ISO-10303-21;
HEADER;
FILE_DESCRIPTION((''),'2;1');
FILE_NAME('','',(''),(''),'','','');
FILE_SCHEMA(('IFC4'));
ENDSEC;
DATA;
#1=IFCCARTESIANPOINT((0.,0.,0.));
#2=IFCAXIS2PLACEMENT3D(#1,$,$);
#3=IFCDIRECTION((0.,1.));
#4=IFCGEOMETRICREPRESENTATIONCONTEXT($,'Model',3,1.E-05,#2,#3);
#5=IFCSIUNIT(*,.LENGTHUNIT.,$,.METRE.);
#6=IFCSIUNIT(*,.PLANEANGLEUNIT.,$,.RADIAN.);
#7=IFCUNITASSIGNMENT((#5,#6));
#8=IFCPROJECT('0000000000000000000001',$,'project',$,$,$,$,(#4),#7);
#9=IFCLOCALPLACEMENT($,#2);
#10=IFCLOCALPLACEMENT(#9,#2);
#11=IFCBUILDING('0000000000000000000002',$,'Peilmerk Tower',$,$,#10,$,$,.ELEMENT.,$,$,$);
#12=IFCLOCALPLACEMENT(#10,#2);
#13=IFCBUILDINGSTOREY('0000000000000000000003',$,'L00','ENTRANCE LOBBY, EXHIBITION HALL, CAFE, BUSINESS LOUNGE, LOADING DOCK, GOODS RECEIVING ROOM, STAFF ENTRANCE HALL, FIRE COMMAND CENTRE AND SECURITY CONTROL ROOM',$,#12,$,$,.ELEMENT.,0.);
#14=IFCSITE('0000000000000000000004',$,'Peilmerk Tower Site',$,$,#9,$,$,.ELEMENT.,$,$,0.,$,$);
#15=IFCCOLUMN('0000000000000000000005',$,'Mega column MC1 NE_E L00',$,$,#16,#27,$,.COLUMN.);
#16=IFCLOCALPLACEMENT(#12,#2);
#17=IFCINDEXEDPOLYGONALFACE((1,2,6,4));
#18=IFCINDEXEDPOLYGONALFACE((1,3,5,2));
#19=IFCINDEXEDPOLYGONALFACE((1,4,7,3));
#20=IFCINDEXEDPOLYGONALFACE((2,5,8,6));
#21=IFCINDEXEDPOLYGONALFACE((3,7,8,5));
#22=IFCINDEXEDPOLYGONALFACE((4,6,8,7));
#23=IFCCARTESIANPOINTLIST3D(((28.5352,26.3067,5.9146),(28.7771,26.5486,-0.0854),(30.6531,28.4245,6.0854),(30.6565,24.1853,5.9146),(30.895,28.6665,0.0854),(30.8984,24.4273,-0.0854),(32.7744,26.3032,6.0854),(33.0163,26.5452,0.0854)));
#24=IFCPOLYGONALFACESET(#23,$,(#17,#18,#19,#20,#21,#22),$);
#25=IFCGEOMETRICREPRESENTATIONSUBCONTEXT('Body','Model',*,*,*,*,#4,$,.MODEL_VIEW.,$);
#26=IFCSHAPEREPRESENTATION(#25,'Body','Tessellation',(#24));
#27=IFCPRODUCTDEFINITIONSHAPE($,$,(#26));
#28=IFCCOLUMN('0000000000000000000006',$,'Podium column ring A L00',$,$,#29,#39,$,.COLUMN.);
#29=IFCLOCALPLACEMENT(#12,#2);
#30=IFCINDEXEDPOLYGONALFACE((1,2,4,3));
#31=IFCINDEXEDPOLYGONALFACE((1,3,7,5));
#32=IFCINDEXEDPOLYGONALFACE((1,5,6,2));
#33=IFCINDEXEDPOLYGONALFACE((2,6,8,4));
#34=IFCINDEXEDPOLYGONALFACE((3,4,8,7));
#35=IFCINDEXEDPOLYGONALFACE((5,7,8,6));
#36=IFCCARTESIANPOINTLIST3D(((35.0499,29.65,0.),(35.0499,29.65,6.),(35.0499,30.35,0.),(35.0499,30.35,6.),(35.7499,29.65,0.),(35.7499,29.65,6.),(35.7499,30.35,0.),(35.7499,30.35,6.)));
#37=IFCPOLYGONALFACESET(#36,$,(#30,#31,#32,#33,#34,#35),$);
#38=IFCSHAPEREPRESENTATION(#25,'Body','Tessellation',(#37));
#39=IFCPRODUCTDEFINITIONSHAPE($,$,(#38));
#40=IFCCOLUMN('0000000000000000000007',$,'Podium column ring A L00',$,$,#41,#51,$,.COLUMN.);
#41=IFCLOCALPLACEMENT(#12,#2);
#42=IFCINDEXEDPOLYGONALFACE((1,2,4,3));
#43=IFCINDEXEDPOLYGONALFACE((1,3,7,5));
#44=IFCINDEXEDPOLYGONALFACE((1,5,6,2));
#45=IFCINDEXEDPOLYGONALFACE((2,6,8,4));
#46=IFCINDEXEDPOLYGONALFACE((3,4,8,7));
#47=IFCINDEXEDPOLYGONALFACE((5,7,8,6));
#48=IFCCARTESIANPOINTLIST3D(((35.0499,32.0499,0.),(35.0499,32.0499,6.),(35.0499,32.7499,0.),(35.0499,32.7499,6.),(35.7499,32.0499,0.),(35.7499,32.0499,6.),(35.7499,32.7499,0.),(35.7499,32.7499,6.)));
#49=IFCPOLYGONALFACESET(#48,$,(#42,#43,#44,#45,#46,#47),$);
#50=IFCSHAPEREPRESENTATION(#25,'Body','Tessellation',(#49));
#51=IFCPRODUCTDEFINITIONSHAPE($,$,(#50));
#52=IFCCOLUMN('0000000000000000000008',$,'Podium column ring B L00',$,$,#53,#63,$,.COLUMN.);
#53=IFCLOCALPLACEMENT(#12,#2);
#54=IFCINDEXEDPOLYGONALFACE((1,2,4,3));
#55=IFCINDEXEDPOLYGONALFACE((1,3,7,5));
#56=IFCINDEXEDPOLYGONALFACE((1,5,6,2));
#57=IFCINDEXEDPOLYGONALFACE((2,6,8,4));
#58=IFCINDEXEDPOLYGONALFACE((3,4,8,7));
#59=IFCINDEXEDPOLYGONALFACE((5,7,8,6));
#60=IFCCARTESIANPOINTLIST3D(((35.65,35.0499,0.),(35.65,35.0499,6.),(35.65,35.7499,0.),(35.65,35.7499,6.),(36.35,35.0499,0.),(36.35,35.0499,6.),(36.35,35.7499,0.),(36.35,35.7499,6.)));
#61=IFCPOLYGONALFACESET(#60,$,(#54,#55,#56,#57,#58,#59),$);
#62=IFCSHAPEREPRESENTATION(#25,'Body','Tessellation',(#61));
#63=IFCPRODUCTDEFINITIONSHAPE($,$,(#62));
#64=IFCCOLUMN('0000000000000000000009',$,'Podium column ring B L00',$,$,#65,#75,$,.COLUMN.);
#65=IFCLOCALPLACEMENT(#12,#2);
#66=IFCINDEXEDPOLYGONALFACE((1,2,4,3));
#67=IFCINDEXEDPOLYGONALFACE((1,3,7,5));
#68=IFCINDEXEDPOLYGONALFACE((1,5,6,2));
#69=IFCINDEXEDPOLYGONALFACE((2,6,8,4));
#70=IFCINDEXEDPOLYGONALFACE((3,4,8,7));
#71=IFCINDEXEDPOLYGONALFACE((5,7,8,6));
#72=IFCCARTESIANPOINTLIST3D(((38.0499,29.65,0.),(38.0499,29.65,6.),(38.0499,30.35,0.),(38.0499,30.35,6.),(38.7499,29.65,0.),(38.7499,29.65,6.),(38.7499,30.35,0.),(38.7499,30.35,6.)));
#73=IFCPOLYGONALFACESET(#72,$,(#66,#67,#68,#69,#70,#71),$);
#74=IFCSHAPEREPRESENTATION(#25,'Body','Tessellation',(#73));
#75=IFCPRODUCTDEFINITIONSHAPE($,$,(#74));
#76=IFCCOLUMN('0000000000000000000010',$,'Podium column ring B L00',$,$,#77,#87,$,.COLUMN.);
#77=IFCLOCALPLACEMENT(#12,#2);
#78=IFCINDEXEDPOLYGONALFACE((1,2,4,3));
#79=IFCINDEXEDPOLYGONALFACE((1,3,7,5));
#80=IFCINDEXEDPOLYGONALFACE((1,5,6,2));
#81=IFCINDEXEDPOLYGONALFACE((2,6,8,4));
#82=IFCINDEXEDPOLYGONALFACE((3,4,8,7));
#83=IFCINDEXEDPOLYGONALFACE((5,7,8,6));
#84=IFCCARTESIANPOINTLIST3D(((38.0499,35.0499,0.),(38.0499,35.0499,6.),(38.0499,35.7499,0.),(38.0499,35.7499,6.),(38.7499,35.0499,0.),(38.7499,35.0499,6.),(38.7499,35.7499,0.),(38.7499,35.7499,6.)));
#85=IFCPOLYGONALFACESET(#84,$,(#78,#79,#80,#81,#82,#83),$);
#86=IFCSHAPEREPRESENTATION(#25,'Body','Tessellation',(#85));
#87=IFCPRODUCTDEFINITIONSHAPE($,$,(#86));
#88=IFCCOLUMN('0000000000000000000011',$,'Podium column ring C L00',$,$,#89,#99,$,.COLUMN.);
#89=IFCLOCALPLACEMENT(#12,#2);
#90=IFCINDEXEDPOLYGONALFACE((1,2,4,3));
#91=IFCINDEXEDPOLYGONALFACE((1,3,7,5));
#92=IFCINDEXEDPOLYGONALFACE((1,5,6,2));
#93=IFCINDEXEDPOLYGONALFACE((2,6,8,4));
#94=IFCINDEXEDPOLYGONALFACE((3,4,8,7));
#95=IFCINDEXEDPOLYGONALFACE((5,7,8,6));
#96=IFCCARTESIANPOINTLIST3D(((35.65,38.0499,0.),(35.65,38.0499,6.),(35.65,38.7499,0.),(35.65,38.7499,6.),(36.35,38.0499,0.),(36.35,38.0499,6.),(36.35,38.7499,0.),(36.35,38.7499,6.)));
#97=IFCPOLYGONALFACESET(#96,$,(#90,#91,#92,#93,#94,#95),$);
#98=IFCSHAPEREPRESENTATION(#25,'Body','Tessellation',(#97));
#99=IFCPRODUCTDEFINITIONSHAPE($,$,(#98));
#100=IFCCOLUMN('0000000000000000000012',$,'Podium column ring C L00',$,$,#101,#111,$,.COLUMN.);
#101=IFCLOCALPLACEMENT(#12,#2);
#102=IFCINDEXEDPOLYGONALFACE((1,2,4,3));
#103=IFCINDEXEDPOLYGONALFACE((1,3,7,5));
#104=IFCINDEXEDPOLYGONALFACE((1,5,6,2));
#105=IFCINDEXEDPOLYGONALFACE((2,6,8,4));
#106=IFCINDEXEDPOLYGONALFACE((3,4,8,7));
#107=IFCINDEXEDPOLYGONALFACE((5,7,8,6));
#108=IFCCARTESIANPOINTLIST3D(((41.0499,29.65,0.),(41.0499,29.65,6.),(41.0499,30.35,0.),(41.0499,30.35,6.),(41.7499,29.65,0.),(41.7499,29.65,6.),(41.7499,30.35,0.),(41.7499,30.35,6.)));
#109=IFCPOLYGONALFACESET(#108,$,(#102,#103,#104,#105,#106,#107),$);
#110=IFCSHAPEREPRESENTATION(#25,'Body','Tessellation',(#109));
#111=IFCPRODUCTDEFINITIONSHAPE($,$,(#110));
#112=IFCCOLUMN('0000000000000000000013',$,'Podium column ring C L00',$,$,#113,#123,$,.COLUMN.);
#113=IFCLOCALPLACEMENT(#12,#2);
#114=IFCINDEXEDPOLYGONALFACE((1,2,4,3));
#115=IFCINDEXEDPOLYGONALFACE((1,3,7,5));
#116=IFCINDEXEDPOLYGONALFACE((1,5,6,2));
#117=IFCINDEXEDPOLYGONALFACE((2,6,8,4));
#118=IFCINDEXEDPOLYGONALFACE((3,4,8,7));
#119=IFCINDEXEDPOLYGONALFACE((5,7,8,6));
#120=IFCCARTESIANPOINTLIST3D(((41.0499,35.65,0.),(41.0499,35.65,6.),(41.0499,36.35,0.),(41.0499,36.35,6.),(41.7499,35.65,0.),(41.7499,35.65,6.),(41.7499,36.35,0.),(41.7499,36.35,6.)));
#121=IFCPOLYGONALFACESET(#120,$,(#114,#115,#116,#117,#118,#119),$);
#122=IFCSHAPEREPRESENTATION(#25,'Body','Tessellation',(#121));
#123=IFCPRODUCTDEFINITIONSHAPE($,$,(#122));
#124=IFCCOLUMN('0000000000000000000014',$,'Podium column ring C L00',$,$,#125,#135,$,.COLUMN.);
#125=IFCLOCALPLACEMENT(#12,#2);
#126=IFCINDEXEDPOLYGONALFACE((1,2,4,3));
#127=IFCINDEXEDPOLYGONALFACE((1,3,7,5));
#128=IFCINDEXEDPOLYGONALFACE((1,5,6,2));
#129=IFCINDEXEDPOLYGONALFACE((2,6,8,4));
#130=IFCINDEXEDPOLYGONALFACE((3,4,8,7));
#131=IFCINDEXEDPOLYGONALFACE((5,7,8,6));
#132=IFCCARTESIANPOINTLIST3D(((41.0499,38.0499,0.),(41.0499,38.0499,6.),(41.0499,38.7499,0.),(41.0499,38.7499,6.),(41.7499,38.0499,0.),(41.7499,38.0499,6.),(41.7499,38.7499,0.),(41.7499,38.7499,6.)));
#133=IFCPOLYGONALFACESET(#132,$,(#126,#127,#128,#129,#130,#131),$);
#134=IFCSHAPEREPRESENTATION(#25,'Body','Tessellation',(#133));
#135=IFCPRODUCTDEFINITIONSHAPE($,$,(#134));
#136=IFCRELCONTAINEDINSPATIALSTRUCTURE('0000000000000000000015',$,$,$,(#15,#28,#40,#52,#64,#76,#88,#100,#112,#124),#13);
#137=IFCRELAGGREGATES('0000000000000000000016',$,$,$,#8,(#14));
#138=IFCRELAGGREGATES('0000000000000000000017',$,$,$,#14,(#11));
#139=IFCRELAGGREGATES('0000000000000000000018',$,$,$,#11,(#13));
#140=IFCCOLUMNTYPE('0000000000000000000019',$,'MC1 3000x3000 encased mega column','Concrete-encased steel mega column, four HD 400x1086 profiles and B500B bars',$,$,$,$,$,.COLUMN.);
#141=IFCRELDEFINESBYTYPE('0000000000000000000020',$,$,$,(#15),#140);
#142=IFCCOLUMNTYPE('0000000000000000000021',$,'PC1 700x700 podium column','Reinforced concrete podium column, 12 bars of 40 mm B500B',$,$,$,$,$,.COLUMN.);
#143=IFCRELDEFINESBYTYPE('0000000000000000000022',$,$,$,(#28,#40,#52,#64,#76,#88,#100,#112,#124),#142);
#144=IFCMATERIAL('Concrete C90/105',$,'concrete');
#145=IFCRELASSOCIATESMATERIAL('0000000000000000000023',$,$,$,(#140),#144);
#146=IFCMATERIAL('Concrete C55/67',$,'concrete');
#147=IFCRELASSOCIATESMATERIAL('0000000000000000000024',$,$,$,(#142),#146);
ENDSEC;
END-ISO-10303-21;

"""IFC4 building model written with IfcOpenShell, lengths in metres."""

from ifc_helpers import new_model, si_unit, direction, frame, origin, origin_2d, place, context, subcontext, project, spatial, rectangle, extrude, material, material_profile, profile_set, type_object, element, save


model = new_model("IFC4")

# Units and contexts
model_context = context("Model", 3, precision=1e-05, world=origin(), true_north=direction((0.0, 1.0)))
body_context = subcontext(model_context, "Body", "Model", "MODEL_VIEW")
ifc_project = project(units=[si_unit("LENGTHUNIT", "METRE"), si_unit("PLANEANGLEUNIT", "RADIAN")], contexts=[model_context])

# Site, building, storey
site_placement = place(None, origin())
site = spatial("IfcSite", under=ifc_project, at=site_placement, Name="Peilmerk Tower Site", CompositionType="ELEMENT", RefElevation=0.0)
building_placement = place(site_placement, origin())
building = spatial("IfcBuilding", under=site, at=building_placement, Name="Peilmerk Tower", CompositionType="ELEMENT")
storey_placement = place(building_placement, origin())
storey = spatial("IfcBuildingStorey", under=building, at=storey_placement, Name="L00", Description="ENTRANCE LOBBY, EXHIBITION HALL, CAFE, BUSINESS LOUNGE, LOADING DOCK, GOODS RECEIVING ROOM, STAFF ENTRANCE HALL, FIRE COMMAND CENTRE AND SECURITY CONTROL ROOM", CompositionType="ELEMENT", Elevation=0.0)

# Columns
ifc_material_1 = material(Name="Concrete C90/105", Category="concrete")
ifc_material_profile_1 = material_profile(ifc_material_1, rectangle(XDim=3.0, YDim=3.0, at=origin_2d()), Name="RC 3000x3000")
ifc_profile_set_1 = profile_set([ifc_material_profile_1], Name="Concrete C90/105")
column_type_1 = type_object("IfcColumnType", Name="MC1 3000x3000 encased mega column", Description="Concrete-encased steel mega column, four HD 400x1086 profiles and B500B bars", PredefinedType="COLUMN", material=ifc_profile_set_1)
column_placement = place(storey_placement, frame((30.8967, 26.5469, 0.0), z_axis=(-0.040258, -0.040258, 0.998378), x_axis=(0.707107, -0.707107, 0.0)))
element("IfcColumn", 1, at=column_placement, inside=storey, type_object=column_type_1, Name="Mega column MC1 NE_E L00", PredefinedType="COLUMN", context=body_context, shape_type="SweptSolid", body=[
    extrude(rectangle(XDim=3.0, YDim=3.0, at=origin_2d()), origin(), (0.0, 0.0, 1.0), 6.0098),
])
ifc_material_2 = material(Name="Concrete C55/67", Category="concrete")
ifc_material_profile_2 = material_profile(ifc_material_2, rectangle(XDim=0.7, YDim=0.7, at=origin_2d()), Name="RC 700x700")
ifc_profile_set_2 = profile_set([ifc_material_profile_2], Name="Concrete C55/67")
column_type_2 = type_object("IfcColumnType", Name="PC1 700x700 podium column", Description="Reinforced concrete podium column, 12 bars of 40 mm B500B", PredefinedType="COLUMN", material=ifc_profile_set_2)
for number, where, z_axis, x_axis, name in (
    (2, (35.3999, 30.0, 0.0), (0.0, 0.0, 1.0), (1.0, 0.0, 0.0), "Podium column ring A L00"),
    (3, (35.3999, 32.3999, 0.0), (0.0, 0.0, 1.0), (1.0, 0.0, 0.0), "Podium column ring A L00"),
    (4, (36.0, 35.3999, 0.0), (0.0, 0.0, 1.0), (1.0, 0.0, 0.0), "Podium column ring B L00"),
    (5, (38.3999, 30.0, 0.0), (0.0, 0.0, 1.0), (1.0, 0.0, 0.0), "Podium column ring B L00"),
    (6, (38.3999, 35.3999, 0.0), (0.0, 0.0, 1.0), (1.0, 0.0, 0.0), "Podium column ring B L00"),
    (7, (36.0, 38.3999, 0.0), (0.0, 0.0, 1.0), (1.0, 0.0, 0.0), "Podium column ring C L00"),
    (8, (41.3999, 30.0, 0.0), (0.0, 0.0, 1.0), (1.0, 0.0, 0.0), "Podium column ring C L00"),
    (9, (41.3999, 36.0, 0.0), (0.0, 0.0, 1.0), (1.0, 0.0, 0.0), "Podium column ring C L00"),
    (10, (41.3999, 38.3999, 0.0), (0.0, 0.0, 1.0), (1.0, 0.0, 0.0), "Podium column ring C L00"),
):
    element("IfcColumn", number, at=place(storey_placement, frame(where, z_axis=z_axis, x_axis=x_axis)), inside=storey, type_object=column_type_2, Name=name, PredefinedType="COLUMN", context=body_context, shape_type="SweptSolid", body=[
        extrude(rectangle(XDim=0.7, YDim=0.7, at=origin_2d()), origin(), (0.0, 0.0, 1.0), 6.0),
    ])

save(model, "model.ifc")
